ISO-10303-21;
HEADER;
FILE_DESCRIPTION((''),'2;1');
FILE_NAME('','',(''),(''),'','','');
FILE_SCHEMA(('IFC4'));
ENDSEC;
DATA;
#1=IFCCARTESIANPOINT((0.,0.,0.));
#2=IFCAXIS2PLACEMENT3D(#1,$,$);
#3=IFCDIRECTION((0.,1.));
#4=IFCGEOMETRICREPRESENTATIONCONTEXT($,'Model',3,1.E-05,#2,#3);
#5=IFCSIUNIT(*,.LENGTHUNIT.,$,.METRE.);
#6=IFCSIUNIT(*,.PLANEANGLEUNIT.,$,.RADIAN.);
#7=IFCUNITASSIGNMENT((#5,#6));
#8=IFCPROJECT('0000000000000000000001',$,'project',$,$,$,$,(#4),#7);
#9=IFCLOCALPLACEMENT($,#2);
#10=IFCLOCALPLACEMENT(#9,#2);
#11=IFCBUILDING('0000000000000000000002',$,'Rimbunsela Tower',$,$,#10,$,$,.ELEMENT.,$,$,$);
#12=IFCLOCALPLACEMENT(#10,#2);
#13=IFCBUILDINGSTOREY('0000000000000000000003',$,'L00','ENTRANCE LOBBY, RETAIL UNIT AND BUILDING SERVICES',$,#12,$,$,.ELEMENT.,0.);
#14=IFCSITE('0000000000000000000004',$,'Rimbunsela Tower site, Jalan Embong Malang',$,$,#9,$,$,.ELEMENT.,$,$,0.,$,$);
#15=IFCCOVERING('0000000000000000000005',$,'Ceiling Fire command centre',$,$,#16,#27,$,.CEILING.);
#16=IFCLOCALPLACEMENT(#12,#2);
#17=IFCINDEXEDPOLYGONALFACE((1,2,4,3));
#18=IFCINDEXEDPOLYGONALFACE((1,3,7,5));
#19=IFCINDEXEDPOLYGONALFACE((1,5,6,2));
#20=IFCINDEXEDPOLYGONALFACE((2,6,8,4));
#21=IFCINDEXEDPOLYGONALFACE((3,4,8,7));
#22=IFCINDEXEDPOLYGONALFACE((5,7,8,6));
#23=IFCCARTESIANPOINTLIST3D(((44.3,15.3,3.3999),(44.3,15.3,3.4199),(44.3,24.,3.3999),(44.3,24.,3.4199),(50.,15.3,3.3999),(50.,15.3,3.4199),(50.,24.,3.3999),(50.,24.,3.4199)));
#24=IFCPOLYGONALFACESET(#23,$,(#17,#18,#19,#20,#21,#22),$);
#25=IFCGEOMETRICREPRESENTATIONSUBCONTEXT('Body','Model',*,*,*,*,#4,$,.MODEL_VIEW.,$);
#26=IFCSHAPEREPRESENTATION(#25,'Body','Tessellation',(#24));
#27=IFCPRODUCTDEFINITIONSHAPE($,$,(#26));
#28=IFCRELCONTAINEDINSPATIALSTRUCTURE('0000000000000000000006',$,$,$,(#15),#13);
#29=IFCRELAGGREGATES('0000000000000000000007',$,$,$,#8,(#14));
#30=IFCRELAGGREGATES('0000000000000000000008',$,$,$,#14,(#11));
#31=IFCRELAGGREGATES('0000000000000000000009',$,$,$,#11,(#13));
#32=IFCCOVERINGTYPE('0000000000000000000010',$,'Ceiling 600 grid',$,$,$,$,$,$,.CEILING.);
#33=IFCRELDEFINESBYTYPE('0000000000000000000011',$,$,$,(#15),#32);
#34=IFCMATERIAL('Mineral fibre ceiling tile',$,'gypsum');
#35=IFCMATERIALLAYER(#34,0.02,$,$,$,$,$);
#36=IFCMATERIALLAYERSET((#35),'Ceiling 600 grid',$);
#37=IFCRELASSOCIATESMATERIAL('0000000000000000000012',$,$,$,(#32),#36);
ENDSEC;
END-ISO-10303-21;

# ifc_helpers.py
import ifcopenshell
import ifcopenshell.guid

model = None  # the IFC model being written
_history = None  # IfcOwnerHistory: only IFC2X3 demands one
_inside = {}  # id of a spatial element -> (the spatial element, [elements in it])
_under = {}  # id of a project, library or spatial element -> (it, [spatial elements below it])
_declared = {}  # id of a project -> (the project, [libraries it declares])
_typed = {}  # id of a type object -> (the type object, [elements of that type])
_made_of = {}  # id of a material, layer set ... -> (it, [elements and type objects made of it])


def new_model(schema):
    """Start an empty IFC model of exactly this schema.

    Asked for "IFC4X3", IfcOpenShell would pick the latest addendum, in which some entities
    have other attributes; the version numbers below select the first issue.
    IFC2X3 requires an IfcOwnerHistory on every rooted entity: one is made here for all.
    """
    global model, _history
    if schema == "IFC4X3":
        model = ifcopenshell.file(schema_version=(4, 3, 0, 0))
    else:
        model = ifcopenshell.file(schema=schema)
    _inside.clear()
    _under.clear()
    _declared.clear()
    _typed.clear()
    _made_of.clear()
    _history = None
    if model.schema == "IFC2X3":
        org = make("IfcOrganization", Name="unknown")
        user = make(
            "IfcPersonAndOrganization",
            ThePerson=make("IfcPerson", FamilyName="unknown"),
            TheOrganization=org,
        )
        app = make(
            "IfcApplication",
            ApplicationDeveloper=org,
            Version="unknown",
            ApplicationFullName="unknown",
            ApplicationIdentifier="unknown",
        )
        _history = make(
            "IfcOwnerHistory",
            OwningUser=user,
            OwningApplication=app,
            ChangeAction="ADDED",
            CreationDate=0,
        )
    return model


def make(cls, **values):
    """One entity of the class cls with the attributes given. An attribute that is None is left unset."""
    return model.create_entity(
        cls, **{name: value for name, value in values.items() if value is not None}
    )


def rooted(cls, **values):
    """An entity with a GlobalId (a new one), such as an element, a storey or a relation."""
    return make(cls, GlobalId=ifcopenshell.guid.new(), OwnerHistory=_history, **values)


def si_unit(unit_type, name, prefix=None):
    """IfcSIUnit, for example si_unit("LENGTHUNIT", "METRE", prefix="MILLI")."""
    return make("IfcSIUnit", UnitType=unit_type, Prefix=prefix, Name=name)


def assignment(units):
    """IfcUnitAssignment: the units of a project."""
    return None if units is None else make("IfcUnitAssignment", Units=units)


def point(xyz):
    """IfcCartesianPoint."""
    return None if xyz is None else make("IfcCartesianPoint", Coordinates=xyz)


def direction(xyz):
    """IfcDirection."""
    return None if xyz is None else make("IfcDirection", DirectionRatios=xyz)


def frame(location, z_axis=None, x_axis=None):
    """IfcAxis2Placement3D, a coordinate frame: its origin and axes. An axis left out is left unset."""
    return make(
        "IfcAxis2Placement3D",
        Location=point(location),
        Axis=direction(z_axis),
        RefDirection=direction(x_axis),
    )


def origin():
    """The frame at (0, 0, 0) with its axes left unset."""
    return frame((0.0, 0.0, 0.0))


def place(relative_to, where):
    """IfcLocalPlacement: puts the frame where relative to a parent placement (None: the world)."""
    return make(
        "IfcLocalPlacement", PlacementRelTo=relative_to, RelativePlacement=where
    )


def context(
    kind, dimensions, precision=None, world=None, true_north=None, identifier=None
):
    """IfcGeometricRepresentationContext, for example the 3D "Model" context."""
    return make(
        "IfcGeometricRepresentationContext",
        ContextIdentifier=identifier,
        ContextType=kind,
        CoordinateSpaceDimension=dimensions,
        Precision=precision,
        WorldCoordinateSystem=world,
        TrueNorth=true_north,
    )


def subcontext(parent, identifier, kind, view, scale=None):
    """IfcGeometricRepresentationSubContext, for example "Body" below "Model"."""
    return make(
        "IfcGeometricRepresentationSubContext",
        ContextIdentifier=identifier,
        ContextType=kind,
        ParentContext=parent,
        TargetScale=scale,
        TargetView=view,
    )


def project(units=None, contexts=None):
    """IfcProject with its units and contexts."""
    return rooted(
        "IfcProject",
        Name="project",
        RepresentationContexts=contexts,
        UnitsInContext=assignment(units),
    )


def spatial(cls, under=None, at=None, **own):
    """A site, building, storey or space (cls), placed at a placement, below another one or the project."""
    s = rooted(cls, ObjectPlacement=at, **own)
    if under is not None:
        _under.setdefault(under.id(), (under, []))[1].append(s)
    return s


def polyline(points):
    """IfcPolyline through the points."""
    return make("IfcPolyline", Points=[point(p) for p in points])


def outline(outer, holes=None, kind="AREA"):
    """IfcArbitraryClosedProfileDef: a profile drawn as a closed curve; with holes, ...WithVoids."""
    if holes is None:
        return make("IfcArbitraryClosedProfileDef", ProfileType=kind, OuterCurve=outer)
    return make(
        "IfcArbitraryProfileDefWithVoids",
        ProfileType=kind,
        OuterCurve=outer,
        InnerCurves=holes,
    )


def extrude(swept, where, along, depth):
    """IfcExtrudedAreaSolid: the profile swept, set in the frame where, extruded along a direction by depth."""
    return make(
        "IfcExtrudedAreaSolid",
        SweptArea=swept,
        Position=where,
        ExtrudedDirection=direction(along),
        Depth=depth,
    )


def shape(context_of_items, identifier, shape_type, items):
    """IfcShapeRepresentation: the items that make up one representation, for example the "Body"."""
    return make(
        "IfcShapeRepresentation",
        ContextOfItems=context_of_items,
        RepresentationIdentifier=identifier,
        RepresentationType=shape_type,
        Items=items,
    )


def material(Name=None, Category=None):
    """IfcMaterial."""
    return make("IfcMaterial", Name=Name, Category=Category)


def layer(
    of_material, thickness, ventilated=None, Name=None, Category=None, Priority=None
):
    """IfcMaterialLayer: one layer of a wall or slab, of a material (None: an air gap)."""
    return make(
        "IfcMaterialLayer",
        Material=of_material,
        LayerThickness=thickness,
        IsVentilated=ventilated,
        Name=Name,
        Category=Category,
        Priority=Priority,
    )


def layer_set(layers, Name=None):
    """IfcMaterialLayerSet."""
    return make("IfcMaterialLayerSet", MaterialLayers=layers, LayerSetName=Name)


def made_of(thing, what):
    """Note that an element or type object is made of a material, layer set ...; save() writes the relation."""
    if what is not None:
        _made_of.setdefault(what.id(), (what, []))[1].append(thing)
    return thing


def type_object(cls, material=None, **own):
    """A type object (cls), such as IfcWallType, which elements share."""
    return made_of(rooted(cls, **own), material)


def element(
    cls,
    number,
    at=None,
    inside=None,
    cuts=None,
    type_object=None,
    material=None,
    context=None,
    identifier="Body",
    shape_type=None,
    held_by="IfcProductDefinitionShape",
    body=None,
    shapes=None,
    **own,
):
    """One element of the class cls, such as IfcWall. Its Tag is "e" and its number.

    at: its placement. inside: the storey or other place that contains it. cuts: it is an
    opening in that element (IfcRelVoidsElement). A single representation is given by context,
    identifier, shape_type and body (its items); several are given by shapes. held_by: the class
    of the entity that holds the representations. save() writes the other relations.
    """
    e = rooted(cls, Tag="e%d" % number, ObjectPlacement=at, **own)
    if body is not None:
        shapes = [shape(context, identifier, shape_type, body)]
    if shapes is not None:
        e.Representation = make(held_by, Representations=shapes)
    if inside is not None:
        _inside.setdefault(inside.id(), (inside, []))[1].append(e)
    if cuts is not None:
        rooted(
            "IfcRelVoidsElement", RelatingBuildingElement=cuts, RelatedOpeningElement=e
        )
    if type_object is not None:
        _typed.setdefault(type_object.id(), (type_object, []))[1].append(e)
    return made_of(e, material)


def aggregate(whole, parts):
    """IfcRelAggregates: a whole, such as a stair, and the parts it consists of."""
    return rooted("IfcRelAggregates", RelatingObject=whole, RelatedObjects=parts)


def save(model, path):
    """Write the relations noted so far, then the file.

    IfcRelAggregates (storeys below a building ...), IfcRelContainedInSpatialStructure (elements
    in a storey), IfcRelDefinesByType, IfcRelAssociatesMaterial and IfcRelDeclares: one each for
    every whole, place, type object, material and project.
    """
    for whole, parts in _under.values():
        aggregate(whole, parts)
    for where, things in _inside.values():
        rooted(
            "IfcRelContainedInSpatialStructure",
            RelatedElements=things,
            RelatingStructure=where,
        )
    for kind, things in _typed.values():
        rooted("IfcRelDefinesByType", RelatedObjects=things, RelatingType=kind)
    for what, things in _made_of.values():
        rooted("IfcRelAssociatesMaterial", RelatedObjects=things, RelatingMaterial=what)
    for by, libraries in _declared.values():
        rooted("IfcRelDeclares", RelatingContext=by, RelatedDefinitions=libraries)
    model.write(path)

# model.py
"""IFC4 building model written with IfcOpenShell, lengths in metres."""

from ifc_helpers import new_model, si_unit, direction, frame, origin, place, context, subcontext, project, spatial, polyline, outline, extrude, material, layer, layer_set, type_object, element, save


model = new_model("IFC4")

# Units and contexts
model_context = context("Model", 3, precision=1e-05, world=origin(), true_north=direction((0.0, 1.0)))
body_context = subcontext(model_context, "Body", "Model", "MODEL_VIEW")
ifc_project = project(units=[si_unit("LENGTHUNIT", "METRE"), si_unit("PLANEANGLEUNIT", "RADIAN")], contexts=[model_context])

# Site, building, storey
site_placement = place(None, origin())
site = spatial("IfcSite", under=ifc_project, at=site_placement, Name="Rimbunsela Tower site, Jalan Embong Malang", CompositionType="ELEMENT", RefElevation=0.0)
building_placement = place(site_placement, origin())
building = spatial("IfcBuilding", under=site, at=building_placement, Name="Rimbunsela Tower", CompositionType="ELEMENT")
storey_placement = place(building_placement, origin())
storey = spatial("IfcBuildingStorey", under=building, at=storey_placement, Name="L00", Description="ENTRANCE LOBBY, RETAIL UNIT AND BUILDING SERVICES", CompositionType="ELEMENT", Elevation=0.0)

# Covering
ifc_material_1 = material(Name="Mineral fibre ceiling tile", Category="gypsum")
ifc_layer = layer(ifc_material_1, 0.02)
ifc_layer_set = layer_set([ifc_layer], Name="Ceiling 600 grid")
covering_type = type_object("IfcCoveringType", Name="Ceiling 600 grid", PredefinedType="CEILING", material=ifc_layer_set)
covering_1_placement = place(storey_placement, frame((0.0, 0.0, 3.3999)))
element("IfcCovering", 1, at=covering_1_placement, inside=storey, type_object=covering_type, Name="Ceiling Fire command centre", PredefinedType="CEILING", context=body_context, shape_type="SweptSolid", body=[
    extrude(outline(polyline([(50.0, 15.3), (44.3, 15.3), (44.3, 24.0), (50.0, 24.0), (50.0, 15.3)])), origin(), (0.0, 0.0, 1.0), 0.02),
])

save(model, "model.ifc")
